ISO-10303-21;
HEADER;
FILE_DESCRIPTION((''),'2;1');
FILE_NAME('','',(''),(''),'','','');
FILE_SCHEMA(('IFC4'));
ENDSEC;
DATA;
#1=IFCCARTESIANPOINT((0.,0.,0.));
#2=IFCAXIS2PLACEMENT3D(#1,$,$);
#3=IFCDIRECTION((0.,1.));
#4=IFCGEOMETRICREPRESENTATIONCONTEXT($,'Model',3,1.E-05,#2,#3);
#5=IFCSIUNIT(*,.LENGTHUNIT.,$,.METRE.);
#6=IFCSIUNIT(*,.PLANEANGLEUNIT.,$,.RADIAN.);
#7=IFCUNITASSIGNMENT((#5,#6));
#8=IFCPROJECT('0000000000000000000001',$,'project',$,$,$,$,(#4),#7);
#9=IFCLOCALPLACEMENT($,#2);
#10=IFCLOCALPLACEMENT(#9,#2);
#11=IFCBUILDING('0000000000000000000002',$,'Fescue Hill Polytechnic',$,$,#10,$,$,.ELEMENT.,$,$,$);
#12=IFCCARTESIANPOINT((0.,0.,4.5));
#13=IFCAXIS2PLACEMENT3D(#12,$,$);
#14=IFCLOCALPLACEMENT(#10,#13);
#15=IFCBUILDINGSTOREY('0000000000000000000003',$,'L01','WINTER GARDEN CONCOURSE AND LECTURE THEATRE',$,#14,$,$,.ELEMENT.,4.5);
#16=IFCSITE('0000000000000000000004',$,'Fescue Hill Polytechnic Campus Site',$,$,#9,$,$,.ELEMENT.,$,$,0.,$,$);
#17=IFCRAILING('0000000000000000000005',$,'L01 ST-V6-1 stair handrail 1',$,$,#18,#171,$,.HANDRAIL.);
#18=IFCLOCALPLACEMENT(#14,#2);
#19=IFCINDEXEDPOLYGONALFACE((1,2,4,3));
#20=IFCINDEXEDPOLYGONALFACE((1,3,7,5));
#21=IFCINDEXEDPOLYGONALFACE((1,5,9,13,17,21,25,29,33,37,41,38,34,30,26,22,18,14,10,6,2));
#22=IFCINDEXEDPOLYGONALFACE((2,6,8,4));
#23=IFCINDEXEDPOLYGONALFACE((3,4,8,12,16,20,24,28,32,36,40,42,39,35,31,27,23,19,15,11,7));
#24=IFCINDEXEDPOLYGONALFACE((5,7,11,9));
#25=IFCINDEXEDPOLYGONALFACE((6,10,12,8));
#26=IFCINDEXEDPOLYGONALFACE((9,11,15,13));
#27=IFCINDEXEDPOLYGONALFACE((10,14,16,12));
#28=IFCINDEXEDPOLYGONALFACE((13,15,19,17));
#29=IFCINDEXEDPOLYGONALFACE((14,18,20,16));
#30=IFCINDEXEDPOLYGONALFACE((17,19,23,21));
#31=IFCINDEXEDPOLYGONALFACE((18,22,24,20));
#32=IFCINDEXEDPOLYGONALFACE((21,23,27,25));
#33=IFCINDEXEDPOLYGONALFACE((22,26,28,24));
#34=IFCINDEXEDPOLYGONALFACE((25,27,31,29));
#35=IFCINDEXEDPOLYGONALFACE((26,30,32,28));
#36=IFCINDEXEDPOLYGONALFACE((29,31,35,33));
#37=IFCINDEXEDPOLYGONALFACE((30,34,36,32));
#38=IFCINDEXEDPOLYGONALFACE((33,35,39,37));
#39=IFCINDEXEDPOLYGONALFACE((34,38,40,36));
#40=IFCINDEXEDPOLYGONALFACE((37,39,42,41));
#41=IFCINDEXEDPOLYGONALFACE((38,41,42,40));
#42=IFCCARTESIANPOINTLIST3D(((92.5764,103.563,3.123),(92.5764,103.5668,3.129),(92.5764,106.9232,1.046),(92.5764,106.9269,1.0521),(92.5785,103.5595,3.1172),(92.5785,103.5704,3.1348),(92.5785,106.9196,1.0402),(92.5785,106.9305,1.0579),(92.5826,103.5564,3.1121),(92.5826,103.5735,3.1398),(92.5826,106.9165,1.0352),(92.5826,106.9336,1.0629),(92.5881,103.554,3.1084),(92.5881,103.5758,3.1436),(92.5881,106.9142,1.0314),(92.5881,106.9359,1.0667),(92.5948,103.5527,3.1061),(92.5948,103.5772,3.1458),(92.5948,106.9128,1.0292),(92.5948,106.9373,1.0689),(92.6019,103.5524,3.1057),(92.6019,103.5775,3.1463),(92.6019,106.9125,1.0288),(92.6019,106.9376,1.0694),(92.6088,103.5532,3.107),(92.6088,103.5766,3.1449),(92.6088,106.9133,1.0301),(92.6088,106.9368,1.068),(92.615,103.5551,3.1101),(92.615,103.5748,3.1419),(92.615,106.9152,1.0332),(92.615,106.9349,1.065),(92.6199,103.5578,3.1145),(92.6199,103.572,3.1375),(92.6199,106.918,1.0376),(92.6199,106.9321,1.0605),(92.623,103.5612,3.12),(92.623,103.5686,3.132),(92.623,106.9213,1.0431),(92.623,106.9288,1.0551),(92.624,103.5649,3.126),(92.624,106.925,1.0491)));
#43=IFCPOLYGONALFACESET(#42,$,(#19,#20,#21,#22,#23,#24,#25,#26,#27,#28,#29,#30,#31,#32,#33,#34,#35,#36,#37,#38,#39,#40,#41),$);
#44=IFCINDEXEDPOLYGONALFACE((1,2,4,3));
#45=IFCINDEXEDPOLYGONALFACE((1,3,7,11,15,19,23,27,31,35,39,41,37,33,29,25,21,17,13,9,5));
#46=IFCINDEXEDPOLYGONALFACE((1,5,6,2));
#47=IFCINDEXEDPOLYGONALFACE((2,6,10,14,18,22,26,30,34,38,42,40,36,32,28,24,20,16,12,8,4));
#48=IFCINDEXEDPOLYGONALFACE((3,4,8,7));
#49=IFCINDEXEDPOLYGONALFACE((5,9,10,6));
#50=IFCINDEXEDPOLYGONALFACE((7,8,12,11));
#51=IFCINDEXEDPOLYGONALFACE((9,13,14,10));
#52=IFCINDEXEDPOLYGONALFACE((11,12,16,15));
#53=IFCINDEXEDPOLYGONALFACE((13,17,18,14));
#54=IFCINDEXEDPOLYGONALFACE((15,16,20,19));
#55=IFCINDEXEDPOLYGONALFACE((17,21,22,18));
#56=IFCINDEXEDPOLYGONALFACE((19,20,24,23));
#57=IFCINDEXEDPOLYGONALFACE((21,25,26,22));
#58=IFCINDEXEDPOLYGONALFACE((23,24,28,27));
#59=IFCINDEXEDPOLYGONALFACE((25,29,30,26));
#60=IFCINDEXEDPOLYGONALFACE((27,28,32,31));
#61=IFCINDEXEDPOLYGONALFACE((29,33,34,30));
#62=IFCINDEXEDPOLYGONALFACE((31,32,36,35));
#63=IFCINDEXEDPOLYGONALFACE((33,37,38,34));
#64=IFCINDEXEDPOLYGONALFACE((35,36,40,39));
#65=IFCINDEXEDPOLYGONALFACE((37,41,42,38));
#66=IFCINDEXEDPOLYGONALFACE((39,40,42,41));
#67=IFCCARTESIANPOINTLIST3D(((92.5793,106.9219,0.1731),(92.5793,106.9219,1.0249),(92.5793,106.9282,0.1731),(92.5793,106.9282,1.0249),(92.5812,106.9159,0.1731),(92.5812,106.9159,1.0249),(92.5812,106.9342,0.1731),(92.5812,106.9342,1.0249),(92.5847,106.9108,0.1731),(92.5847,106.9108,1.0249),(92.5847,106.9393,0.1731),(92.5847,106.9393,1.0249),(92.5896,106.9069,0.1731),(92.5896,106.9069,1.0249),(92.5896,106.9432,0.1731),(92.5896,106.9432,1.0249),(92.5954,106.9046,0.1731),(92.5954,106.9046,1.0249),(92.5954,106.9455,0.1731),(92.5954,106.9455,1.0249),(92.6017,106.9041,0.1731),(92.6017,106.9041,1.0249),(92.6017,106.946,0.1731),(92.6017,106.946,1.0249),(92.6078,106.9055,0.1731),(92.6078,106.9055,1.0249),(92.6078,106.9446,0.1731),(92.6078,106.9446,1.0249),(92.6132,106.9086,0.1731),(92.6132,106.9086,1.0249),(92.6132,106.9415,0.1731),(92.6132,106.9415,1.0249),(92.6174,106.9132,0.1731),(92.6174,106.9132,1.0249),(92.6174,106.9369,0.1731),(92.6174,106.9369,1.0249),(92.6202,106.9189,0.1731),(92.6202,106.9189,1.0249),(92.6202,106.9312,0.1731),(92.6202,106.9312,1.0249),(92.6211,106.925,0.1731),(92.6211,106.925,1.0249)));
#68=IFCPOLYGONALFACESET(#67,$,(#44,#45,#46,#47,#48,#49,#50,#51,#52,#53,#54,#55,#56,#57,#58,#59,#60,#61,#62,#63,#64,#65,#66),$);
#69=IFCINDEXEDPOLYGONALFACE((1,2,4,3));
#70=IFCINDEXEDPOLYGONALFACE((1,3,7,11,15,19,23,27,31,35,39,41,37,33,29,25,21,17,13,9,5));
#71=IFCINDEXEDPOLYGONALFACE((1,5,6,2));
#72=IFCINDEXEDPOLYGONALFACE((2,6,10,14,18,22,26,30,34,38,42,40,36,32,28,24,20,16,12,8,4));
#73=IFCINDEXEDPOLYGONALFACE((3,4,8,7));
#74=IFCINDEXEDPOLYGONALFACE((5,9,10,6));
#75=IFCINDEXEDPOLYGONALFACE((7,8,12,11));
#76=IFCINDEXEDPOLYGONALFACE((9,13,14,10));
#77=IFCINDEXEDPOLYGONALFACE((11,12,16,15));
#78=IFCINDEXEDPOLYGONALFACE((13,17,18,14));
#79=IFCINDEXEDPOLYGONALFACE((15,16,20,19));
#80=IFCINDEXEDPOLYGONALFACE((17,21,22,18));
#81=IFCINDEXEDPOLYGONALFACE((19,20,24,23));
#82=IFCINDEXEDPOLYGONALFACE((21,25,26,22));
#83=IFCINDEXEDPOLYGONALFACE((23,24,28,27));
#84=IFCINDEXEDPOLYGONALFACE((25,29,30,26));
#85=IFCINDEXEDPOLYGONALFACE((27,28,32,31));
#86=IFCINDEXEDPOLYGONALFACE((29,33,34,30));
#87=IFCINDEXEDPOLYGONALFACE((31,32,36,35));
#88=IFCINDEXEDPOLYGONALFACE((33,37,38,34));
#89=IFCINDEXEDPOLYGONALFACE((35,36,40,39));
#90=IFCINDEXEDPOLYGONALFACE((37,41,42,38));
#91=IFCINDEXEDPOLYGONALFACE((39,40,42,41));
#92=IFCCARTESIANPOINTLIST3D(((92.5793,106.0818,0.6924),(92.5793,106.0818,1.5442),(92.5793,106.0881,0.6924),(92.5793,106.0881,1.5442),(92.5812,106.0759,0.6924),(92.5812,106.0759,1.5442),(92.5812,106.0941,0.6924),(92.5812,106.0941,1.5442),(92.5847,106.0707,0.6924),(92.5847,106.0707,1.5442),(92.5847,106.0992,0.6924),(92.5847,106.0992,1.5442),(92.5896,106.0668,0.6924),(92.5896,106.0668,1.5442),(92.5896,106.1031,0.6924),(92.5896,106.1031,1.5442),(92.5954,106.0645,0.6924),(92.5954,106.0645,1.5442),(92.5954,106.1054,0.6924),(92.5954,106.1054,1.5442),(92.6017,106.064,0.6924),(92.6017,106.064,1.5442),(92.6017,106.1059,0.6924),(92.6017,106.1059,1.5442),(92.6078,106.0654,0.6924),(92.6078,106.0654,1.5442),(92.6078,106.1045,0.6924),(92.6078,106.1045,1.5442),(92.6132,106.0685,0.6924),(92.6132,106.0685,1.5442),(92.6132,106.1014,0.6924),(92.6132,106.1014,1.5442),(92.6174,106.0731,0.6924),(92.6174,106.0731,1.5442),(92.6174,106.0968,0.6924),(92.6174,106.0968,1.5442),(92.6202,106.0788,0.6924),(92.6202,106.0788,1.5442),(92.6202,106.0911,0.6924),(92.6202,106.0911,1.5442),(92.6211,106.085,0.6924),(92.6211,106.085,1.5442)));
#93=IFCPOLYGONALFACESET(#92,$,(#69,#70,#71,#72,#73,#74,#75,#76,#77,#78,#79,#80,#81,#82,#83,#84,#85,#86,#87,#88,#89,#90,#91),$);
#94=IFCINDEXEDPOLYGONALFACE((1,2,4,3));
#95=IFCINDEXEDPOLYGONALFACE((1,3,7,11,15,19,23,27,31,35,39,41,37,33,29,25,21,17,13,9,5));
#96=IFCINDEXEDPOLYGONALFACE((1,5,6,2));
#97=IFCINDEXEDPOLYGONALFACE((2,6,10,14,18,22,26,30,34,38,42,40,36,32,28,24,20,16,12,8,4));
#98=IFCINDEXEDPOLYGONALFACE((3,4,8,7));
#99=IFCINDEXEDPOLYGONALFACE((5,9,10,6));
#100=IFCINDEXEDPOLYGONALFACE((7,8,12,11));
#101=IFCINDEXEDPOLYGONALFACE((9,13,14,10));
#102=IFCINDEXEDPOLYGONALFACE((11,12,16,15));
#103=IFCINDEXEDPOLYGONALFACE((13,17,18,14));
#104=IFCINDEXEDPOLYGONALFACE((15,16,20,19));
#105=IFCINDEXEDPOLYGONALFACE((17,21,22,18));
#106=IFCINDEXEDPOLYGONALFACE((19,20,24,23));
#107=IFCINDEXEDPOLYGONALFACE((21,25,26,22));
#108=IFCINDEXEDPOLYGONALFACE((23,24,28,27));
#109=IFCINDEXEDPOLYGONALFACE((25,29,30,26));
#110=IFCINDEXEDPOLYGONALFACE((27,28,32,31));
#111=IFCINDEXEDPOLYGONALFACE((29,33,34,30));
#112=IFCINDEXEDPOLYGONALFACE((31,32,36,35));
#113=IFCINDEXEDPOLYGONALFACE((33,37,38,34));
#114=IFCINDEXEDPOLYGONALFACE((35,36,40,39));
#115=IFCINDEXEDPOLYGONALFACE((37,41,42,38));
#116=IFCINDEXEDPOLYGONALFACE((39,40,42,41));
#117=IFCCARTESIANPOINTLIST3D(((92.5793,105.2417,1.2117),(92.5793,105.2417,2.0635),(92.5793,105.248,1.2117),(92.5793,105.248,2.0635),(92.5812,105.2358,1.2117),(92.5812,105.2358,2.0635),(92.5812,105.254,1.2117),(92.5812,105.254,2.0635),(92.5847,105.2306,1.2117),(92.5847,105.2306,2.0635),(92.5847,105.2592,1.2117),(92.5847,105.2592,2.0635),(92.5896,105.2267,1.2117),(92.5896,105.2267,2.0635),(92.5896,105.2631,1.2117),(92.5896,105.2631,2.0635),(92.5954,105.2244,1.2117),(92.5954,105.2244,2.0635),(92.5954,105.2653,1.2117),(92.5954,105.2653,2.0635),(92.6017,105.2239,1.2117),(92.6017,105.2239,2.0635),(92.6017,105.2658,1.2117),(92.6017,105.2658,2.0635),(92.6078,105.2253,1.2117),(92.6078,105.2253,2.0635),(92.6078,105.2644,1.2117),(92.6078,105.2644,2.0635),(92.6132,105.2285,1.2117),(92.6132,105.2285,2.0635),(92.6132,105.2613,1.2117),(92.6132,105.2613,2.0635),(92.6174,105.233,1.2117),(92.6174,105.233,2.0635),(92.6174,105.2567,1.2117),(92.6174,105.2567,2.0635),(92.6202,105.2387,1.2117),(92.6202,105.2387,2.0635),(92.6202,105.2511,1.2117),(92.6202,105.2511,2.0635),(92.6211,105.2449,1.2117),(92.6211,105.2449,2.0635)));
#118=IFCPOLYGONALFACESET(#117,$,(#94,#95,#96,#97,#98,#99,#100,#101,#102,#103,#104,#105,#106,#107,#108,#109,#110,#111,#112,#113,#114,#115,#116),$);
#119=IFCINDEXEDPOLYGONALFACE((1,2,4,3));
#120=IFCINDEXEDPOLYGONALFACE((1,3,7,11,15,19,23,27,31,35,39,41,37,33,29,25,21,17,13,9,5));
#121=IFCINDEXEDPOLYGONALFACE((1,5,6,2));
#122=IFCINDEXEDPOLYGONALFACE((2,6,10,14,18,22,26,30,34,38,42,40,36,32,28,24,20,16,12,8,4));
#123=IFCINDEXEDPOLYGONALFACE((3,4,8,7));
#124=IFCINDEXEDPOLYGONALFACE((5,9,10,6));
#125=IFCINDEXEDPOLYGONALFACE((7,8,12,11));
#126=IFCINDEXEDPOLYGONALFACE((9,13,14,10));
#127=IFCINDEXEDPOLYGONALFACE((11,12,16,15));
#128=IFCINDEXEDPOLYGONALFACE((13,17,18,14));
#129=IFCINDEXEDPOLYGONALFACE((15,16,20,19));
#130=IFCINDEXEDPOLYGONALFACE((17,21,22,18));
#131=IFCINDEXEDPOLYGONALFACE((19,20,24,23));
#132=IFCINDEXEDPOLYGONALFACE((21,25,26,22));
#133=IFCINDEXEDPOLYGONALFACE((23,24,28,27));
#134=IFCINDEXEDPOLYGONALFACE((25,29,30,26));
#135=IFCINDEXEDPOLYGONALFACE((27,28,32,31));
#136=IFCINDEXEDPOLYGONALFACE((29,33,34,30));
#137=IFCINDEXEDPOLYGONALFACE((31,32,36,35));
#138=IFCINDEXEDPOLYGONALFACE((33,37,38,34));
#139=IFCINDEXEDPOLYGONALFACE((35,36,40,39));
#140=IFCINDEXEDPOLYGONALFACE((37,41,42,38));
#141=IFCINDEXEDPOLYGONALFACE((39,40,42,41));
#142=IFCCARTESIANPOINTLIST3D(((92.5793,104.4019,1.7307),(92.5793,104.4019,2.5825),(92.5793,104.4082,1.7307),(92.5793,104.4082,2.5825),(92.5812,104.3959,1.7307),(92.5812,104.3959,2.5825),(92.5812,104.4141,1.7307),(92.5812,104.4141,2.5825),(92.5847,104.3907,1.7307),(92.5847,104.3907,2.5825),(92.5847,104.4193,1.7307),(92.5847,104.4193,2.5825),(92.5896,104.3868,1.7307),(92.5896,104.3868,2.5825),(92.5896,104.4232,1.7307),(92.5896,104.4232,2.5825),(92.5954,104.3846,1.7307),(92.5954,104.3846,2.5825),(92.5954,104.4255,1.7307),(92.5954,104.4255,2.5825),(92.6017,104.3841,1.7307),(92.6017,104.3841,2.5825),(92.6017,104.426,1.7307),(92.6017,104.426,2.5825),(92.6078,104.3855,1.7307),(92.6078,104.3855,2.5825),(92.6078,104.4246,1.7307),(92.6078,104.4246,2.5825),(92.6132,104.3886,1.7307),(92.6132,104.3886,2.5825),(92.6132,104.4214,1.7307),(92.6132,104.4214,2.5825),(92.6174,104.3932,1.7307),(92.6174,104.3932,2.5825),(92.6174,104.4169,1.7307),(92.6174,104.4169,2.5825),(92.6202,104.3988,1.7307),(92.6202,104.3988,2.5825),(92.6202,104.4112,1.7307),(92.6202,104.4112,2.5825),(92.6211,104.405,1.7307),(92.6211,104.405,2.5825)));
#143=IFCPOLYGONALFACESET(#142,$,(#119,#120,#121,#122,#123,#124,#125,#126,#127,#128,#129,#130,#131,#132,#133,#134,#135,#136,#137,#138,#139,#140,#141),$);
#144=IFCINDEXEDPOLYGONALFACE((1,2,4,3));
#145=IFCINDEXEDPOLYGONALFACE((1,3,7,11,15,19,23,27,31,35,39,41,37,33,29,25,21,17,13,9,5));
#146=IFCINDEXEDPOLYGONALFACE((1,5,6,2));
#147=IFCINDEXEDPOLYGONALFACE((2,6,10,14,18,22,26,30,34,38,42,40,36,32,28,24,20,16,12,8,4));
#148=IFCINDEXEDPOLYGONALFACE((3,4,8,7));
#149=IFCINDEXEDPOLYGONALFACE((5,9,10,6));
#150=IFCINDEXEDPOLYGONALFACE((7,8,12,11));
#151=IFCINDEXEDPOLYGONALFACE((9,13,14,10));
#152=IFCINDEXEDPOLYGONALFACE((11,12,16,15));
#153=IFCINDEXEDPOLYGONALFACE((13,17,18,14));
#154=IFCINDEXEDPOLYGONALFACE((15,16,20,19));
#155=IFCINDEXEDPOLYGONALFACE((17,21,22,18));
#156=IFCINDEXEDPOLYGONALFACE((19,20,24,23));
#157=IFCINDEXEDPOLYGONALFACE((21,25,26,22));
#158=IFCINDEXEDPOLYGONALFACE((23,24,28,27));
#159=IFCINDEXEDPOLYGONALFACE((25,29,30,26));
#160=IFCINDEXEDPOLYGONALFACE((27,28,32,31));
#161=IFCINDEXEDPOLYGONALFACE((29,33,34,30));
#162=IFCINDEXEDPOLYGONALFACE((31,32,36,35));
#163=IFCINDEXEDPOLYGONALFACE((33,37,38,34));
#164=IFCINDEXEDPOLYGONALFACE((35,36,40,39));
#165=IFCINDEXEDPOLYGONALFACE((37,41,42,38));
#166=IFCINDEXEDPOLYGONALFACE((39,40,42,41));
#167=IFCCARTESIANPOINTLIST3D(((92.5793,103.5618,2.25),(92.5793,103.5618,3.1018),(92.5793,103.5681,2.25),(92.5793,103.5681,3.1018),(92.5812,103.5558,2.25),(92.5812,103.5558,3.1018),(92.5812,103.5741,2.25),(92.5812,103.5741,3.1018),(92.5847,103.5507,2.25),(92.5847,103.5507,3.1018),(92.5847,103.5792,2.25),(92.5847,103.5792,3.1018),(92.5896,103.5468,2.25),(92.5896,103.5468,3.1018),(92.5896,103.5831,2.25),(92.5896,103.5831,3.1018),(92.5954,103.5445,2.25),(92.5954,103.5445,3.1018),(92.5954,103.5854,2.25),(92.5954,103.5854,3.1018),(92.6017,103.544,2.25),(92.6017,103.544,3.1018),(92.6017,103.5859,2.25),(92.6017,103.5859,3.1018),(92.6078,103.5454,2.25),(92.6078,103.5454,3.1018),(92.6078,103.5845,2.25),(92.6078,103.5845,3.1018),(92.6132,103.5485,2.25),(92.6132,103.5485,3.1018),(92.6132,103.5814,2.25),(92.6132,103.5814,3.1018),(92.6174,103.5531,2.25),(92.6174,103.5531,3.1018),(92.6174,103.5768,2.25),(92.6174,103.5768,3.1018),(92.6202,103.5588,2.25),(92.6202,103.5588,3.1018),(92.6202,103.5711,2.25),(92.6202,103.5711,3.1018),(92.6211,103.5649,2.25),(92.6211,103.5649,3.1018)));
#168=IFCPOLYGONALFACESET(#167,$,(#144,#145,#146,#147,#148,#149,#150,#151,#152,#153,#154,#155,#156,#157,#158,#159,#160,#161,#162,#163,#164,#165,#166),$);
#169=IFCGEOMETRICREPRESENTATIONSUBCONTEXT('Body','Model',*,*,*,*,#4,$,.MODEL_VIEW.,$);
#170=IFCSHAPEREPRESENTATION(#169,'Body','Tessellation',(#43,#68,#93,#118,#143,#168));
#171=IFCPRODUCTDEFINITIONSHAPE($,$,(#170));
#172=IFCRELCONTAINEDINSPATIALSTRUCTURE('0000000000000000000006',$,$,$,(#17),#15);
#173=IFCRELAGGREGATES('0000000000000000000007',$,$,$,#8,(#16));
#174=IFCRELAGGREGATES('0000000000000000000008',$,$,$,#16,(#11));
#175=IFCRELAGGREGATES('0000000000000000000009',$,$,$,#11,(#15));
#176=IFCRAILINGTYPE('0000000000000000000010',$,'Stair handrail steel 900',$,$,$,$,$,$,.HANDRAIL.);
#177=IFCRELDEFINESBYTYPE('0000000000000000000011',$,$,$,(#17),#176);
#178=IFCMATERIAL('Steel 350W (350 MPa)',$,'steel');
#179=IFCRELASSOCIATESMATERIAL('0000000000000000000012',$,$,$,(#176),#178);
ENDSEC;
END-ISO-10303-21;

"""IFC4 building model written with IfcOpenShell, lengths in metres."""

from ifc_helpers import new_model, si_unit, direction, frame, origin, origin_2d, place, context, subcontext, project, spatial, circle, extrude, material, type_object, element, save


model = new_model("IFC4")

# Units and contexts
model_context = context("Model", 3, precision=1e-05, world=origin(), true_north=direction((0.0, 1.0)))
body_context = subcontext(model_context, "Body", "Model", "MODEL_VIEW")
ifc_project = project(units=[si_unit("LENGTHUNIT", "METRE"), si_unit("PLANEANGLEUNIT", "RADIAN")], contexts=[model_context])

# Site, building, storey
site_placement = place(None, origin())
site = spatial("IfcSite", under=ifc_project, at=site_placement, Name="Fescue Hill Polytechnic Campus Site", CompositionType="ELEMENT", RefElevation=0.0)
building_placement = place(site_placement, origin())
building = spatial("IfcBuilding", under=site, at=building_placement, Name="Fescue Hill Polytechnic", CompositionType="ELEMENT")
storey_placement = place(building_placement, frame((0.0, 0.0, 4.5)))
storey = spatial("IfcBuildingStorey", under=building, at=storey_placement, Name="L01", Description="WINTER GARDEN CONCOURSE AND LECTURE THEATRE", CompositionType="ELEMENT", Elevation=4.5)

# Railing
ifc_material_1 = material(Name="Steel 350W (350 MPa)", Category="steel")
railing_type_1 = type_object("IfcRailingType", Name="Stair handrail steel 900", PredefinedType="HANDRAIL", material=ifc_material_1)
for number, where, name in (
    (1, (92.6001, 106.925, 0.1731), "L01 ST-V6-1 stair handrail 1"),
):
    element("IfcRailing", number, at=place(storey_placement, frame(where)), inside=storey, type_object=railing_type_1, Name=name, PredefinedType="HANDRAIL", context=body_context, shape_type="SweptSolid", body=[
        extrude(circle(Radius=0.0239, at=origin_2d()), frame((0.0, 0.0, 0.876), z_axis=(0.0, -0.850623, 0.525776), x_axis=(1.0, 0.0, 0.0)), (0.0, 0.0, 1.0), 3.9502),
        extrude(circle(Radius=0.021, at=origin_2d()), origin(), (0.0, 0.0, 1.0), 0.8518),
        extrude(circle(Radius=0.021, at=origin_2d()), frame((0.0, -0.8401, 0.5193)), (0.0, 0.0, 1.0), 0.8518),
        extrude(circle(Radius=0.021, at=origin_2d()), frame((0.0, -1.6802, 1.0386)), (0.0, 0.0, 1.0), 0.8518),
        extrude(circle(Radius=0.021, at=origin_2d()), frame((0.0, -2.52, 1.5576)), (0.0, 0.0, 1.0), 0.8518),
        extrude(circle(Radius=0.021, at=origin_2d()), frame((0.0, -3.3601, 2.0769)), (0.0, 0.0, 1.0), 0.8518),
    ])

save(model, "model.ifc")
